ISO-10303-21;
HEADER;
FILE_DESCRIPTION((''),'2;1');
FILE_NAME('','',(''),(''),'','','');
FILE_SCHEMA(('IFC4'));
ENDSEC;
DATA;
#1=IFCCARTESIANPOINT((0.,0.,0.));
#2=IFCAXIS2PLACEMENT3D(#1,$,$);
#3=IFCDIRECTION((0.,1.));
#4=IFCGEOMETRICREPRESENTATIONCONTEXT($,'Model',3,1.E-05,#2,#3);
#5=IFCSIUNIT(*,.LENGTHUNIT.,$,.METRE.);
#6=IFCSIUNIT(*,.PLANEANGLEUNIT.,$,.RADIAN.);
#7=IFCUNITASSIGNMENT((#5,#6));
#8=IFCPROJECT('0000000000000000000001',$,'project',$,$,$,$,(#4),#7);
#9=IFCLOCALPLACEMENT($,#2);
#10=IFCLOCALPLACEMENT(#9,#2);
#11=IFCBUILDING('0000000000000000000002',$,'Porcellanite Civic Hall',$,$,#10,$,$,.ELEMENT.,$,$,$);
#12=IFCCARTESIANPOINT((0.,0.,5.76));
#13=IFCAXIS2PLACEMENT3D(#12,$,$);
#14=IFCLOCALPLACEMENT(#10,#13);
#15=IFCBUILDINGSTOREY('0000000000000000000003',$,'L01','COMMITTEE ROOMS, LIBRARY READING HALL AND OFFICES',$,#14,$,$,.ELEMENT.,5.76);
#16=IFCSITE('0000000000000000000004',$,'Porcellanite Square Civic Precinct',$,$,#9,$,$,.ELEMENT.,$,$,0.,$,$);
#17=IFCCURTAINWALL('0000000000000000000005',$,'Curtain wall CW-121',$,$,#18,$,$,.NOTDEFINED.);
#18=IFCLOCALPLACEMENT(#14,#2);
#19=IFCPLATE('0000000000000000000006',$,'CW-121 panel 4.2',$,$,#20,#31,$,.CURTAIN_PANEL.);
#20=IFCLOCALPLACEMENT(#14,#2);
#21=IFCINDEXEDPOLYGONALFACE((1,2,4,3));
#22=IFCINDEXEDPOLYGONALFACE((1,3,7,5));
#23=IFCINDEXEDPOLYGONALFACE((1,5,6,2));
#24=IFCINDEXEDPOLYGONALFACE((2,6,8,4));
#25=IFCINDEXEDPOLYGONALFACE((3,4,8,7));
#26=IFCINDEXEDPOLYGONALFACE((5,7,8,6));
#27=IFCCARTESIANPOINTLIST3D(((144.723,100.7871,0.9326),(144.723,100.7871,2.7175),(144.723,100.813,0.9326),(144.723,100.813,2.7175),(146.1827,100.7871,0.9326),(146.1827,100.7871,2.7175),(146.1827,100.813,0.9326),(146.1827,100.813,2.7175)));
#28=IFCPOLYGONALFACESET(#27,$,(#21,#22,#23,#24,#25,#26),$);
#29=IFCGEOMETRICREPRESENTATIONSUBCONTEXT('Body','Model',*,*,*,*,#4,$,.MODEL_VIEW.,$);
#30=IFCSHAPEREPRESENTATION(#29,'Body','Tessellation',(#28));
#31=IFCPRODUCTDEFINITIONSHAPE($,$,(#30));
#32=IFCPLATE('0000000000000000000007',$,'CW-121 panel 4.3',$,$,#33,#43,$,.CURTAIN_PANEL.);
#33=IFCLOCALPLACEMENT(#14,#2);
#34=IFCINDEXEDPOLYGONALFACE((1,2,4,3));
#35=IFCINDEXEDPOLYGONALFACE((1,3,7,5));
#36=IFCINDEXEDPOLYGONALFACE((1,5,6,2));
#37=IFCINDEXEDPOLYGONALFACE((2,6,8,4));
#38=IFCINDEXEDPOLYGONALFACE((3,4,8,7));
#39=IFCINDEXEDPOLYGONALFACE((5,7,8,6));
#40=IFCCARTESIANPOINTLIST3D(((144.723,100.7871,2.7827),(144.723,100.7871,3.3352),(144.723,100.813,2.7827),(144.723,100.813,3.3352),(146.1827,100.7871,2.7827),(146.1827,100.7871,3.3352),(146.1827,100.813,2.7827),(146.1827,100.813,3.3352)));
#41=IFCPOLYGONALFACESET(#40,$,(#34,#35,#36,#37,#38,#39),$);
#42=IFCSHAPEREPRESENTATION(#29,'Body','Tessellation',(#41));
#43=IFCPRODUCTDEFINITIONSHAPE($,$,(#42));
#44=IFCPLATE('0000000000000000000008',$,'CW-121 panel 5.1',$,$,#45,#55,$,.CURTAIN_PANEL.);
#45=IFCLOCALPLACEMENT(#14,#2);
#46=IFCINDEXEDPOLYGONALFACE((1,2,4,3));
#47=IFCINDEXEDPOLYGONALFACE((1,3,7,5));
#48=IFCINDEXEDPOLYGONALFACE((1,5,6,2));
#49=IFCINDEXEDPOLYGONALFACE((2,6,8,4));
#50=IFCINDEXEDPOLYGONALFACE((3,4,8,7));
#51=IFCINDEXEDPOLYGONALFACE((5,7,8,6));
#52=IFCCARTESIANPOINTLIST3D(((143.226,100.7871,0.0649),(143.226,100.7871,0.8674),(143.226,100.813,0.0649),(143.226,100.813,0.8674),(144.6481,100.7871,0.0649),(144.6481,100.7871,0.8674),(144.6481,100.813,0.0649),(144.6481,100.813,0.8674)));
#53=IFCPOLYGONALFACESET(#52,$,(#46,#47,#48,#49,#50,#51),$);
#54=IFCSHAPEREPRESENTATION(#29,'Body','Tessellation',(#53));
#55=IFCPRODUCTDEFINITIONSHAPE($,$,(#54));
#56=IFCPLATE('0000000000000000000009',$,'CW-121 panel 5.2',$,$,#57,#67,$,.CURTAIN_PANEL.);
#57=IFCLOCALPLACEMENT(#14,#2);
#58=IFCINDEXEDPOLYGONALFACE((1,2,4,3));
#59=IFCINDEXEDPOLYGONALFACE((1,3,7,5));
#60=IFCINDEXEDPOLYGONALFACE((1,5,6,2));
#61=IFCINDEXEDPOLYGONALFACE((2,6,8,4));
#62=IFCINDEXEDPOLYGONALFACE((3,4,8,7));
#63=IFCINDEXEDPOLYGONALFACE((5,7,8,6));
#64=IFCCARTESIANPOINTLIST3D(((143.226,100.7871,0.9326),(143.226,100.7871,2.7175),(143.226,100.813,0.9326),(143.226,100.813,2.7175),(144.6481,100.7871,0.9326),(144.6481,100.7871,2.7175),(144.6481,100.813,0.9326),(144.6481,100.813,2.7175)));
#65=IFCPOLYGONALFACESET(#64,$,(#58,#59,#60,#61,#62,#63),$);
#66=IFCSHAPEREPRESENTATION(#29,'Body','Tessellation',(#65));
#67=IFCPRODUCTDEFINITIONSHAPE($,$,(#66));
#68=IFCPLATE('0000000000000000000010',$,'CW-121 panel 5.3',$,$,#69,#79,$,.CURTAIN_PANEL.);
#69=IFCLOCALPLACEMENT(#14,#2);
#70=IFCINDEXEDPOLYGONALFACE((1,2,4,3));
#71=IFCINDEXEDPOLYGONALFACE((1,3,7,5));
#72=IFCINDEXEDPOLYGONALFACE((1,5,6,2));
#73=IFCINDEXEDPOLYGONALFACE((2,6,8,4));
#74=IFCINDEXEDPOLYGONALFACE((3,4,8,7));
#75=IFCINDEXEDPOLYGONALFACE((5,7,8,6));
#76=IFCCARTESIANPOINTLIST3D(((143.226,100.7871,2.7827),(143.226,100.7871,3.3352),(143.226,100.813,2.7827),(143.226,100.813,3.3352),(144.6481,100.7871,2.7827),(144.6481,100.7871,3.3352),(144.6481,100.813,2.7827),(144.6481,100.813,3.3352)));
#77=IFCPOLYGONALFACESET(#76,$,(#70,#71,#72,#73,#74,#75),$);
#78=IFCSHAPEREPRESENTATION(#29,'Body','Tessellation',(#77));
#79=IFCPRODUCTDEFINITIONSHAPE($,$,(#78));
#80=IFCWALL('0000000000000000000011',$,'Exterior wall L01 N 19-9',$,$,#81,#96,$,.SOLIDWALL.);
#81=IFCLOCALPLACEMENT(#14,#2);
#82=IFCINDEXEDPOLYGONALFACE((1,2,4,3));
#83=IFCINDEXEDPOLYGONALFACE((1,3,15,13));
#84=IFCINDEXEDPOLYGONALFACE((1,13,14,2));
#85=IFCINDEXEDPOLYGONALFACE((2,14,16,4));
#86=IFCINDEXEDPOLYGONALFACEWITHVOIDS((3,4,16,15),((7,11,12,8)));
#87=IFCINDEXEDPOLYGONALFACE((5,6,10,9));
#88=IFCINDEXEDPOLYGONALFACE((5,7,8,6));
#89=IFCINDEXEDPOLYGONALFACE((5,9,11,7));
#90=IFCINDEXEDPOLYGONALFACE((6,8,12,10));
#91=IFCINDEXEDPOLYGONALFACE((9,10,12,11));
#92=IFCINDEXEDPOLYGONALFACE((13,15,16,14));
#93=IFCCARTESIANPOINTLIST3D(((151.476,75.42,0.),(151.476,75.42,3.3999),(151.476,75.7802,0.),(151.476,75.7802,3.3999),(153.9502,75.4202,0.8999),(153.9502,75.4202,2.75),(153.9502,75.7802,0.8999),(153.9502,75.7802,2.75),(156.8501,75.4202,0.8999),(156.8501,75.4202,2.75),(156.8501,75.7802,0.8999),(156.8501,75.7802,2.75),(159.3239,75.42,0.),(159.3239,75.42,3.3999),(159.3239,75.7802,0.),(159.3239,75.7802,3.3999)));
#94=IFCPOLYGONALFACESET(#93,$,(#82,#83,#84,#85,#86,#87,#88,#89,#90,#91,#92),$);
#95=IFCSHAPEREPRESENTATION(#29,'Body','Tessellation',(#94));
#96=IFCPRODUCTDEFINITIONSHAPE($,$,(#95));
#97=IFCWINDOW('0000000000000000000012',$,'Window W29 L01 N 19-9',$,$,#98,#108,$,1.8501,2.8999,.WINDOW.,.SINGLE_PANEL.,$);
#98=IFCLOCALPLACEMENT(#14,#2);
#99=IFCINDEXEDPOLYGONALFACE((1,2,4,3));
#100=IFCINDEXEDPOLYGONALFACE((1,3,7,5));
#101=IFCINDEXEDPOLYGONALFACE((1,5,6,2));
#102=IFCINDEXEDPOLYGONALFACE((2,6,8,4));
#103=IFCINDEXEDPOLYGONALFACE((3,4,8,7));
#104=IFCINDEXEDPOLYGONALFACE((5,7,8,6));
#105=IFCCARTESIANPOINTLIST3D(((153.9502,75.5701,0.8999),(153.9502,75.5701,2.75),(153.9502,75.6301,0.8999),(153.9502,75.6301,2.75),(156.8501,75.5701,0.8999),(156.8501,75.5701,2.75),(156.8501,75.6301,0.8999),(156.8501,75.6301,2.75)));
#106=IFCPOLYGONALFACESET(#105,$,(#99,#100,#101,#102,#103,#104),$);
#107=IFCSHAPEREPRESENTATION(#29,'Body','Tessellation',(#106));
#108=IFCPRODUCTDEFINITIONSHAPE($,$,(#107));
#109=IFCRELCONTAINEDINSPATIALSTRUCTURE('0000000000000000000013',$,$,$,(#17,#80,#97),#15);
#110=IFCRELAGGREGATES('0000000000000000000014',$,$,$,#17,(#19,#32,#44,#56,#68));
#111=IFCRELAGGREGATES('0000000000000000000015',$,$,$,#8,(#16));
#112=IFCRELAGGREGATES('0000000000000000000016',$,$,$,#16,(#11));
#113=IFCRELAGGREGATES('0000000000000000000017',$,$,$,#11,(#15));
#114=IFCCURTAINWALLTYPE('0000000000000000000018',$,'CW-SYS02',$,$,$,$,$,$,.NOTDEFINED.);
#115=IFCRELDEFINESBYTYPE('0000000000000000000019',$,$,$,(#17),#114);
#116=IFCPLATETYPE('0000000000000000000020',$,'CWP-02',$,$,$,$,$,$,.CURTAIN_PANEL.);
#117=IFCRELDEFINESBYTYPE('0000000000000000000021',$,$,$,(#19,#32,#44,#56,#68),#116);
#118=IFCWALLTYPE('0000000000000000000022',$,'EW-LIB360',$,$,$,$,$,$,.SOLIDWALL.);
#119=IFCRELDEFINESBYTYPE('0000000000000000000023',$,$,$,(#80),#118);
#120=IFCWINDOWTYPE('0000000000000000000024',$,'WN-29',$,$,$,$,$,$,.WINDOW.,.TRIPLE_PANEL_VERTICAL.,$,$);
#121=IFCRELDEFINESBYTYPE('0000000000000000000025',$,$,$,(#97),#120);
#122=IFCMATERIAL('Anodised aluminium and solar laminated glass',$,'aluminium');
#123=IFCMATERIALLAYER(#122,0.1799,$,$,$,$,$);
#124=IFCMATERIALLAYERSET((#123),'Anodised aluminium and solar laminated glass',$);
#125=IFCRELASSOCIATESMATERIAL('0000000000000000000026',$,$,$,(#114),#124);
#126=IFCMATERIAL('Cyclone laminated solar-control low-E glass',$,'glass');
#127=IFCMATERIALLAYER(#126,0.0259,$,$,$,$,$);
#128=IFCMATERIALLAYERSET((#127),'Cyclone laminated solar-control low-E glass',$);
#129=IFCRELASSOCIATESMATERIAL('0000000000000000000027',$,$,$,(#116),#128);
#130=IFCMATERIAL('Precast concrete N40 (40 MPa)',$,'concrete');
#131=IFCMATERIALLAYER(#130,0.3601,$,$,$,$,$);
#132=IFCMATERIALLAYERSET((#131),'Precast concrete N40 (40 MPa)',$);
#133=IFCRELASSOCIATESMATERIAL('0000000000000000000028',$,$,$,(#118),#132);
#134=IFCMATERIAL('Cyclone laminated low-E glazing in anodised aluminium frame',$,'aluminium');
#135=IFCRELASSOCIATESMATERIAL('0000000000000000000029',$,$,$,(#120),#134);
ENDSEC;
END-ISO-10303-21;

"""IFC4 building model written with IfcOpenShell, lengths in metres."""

from ifc_helpers import new_model, si_unit, direction, frame, frame_2d, origin, origin_2d, place, context, subcontext, project, spatial, rectangle, extrude, material, layer, layer_set, type_object, element, fill, aggregate, save


model = new_model("IFC4")

# Units and contexts
model_context = context("Model", 3, precision=1e-05, world=origin(), true_north=direction((0.0, 1.0)))
body_context = subcontext(model_context, "Body", "Model", "MODEL_VIEW")
ifc_project = project(units=[si_unit("LENGTHUNIT", "METRE"), si_unit("PLANEANGLEUNIT", "RADIAN")], contexts=[model_context])

# Site, building, storey
site_placement = place(None, origin())
site = spatial("IfcSite", under=ifc_project, at=site_placement, Name="Porcellanite Square Civic Precinct", CompositionType="ELEMENT", RefElevation=0.0)
building_placement = place(site_placement, origin())
building = spatial("IfcBuilding", under=site, at=building_placement, Name="Porcellanite Civic Hall", CompositionType="ELEMENT")
storey_placement = place(building_placement, frame((0.0, 0.0, 5.76)))
storey = spatial("IfcBuildingStorey", under=building, at=storey_placement, Name="L01", Description="COMMITTEE ROOMS, LIBRARY READING HALL AND OFFICES", CompositionType="ELEMENT", Elevation=5.76)

# Curtain wall
ifc_material_1 = material(Name="Anodised aluminium and solar laminated glass", Category="aluminium")
ifc_layer_1 = layer(ifc_material_1, 0.1799)
ifc_layer_set_1 = layer_set([ifc_layer_1], Name="Anodised aluminium and solar laminated glass")
curtain_wall_type = type_object("IfcCurtainWallType", Name="CW-SYS02", PredefinedType="NOTDEFINED", material=ifc_layer_set_1)
curtain_wall_placement = place(storey_placement, origin())
curtain_wall = element("IfcCurtainWall", 1, at=curtain_wall_placement, inside=storey, type_object=curtain_wall_type, Name="Curtain wall CW-121", PredefinedType="NOTDEFINED")

# Plates
ifc_material_2 = material(Name="Cyclone laminated solar-control low-E glass", Category="glass")
ifc_layer_2 = layer(ifc_material_2, 0.0259)
ifc_layer_set_2 = layer_set([ifc_layer_2], Name="Cyclone laminated solar-control low-E glass")
plate_type = type_object("IfcPlateType", Name="CWP-02", PredefinedType="CURTAIN_PANEL", material=ifc_layer_set_2)
plate_1_placement = place(storey_placement, frame((145.4529, 100.8, 0.9326), z_axis=(0.0, 0.0, 1.0), x_axis=(-1.0, 0.0, 0.0)))
plate_1 = element("IfcPlate", 2, at=plate_1_placement, type_object=plate_type, Name="CW-121 panel 4.2", PredefinedType="CURTAIN_PANEL", context=body_context, shape_type="SweptSolid", body=[
    extrude(rectangle(XDim=1.4597, YDim=0.0259, at=origin_2d()), origin(), (0.0, 0.0, 1.0), 1.7849),
])
plate_2_placement = place(storey_placement, frame((145.4529, 100.8, 2.7827), z_axis=(0.0, 0.0, 1.0), x_axis=(-1.0, 0.0, 0.0)))
plate_2 = element("IfcPlate", 3, at=plate_2_placement, type_object=plate_type, Name="CW-121 panel 4.3", PredefinedType="CURTAIN_PANEL", context=body_context, shape_type="SweptSolid", body=[
    extrude(rectangle(XDim=1.4597, YDim=0.0259, at=origin_2d()), origin(), (0.0, 0.0, 1.0), 0.5525),
])
plate_3_placement = place(storey_placement, frame((143.937, 100.8, 0.0649), z_axis=(0.0, 0.0, 1.0), x_axis=(-1.0, 0.0, 0.0)))
plate_3 = element("IfcPlate", 4, at=plate_3_placement, type_object=plate_type, Name="CW-121 panel 5.1", PredefinedType="CURTAIN_PANEL", context=body_context, shape_type="SweptSolid", body=[
    extrude(rectangle(XDim=1.4221, YDim=0.0259, at=origin_2d()), origin(), (0.0, 0.0, 1.0), 0.8025),
])
plate_4_placement = place(storey_placement, frame((143.937, 100.8, 0.9326), z_axis=(0.0, 0.0, 1.0), x_axis=(-1.0, 0.0, 0.0)))
plate_4 = element("IfcPlate", 5, at=plate_4_placement, type_object=plate_type, Name="CW-121 panel 5.2", PredefinedType="CURTAIN_PANEL", context=body_context, shape_type="SweptSolid", body=[
    extrude(rectangle(XDim=1.4221, YDim=0.0259, at=origin_2d()), origin(), (0.0, 0.0, 1.0), 1.7849),
])
plate_5_placement = place(storey_placement, frame((143.937, 100.8, 2.7827), z_axis=(0.0, 0.0, 1.0), x_axis=(-1.0, 0.0, 0.0)))
plate_5 = element("IfcPlate", 6, at=plate_5_placement, type_object=plate_type, Name="CW-121 panel 5.3", PredefinedType="CURTAIN_PANEL", context=body_context, shape_type="SweptSolid", body=[
    extrude(rectangle(XDim=1.4221, YDim=0.0259, at=origin_2d()), origin(), (0.0, 0.0, 1.0), 0.5525),
])
aggregate(curtain_wall, [plate_1, plate_2, plate_3, plate_4, plate_5])

# Wall, opening, window
ifc_material_3 = material(Name="Precast concrete N40 (40 MPa)", Category="concrete")
ifc_layer_3 = layer(ifc_material_3, 0.3601)
ifc_layer_set_3 = layer_set([ifc_layer_3], Name="Precast concrete N40 (40 MPa)")
wall_type = type_object("IfcWallType", Name="EW-LIB360", PredefinedType="SOLIDWALL", material=ifc_layer_set_3)
wall_placement = place(storey_placement, frame((151.4761, 75.6001, 0.0), z_axis=(0.0, 0.0, 1.0), x_axis=(1.0, 0.0, 0.0)))
wall = element("IfcWall", 7, at=wall_placement, inside=storey, type_object=wall_type, Name="Exterior wall L01 N 19-9", PredefinedType="SOLIDWALL", context=body_context, shape_type="SweptSolid", body=[
    extrude(rectangle(XDim=7.8479, YDim=0.3601, at=frame_2d((3.9238, 0.0))), origin(), (0.0, 0.0, 1.0), 3.3999),
])
opening_placement = place(wall_placement, frame((2.4741, 0.0, 0.8999)))
opening = element("IfcOpeningElement", 8, at=opening_placement, cuts=wall, PredefinedType="OPENING", context=body_context, shape_type="SweptSolid", body=[
    extrude(rectangle(XDim=2.8999, YDim=1.8501, at=frame_2d((1.45, 0.925))), frame((0.0, 0.1802, 0.0), z_axis=(0.0, -1.0, 0.0), x_axis=(1.0, 0.0, 0.0)), (0.0, 0.0, 1.0), 0.3601),
])
ifc_material_4 = material(Name="Cyclone laminated low-E glazing in anodised aluminium frame", Category="aluminium")
window_type = type_object("IfcWindowType", Name="WN-29", PartitioningType="TRIPLE_PANEL_VERTICAL", PredefinedType="WINDOW", material=ifc_material_4)
window_placement = place(opening_placement, origin())
window = element("IfcWindow", 9, at=window_placement, inside=storey, type_object=window_type, Name="Window W29 L01 N 19-9", OverallHeight=1.8501, OverallWidth=2.8999, PartitioningType="SINGLE_PANEL", PredefinedType="WINDOW", context=body_context, shape_type="SweptSolid", body=[
    extrude(rectangle(XDim=2.8999, YDim=1.8501, at=frame_2d((1.45, 0.925))), frame((0.0, 0.03, 0.0), z_axis=(0.0, -1.0, 0.0), x_axis=(1.0, 0.0, 0.0)), (0.0, 0.0, 1.0), 0.0601),
])
fill(opening, window)

save(model, "model.ifc")
